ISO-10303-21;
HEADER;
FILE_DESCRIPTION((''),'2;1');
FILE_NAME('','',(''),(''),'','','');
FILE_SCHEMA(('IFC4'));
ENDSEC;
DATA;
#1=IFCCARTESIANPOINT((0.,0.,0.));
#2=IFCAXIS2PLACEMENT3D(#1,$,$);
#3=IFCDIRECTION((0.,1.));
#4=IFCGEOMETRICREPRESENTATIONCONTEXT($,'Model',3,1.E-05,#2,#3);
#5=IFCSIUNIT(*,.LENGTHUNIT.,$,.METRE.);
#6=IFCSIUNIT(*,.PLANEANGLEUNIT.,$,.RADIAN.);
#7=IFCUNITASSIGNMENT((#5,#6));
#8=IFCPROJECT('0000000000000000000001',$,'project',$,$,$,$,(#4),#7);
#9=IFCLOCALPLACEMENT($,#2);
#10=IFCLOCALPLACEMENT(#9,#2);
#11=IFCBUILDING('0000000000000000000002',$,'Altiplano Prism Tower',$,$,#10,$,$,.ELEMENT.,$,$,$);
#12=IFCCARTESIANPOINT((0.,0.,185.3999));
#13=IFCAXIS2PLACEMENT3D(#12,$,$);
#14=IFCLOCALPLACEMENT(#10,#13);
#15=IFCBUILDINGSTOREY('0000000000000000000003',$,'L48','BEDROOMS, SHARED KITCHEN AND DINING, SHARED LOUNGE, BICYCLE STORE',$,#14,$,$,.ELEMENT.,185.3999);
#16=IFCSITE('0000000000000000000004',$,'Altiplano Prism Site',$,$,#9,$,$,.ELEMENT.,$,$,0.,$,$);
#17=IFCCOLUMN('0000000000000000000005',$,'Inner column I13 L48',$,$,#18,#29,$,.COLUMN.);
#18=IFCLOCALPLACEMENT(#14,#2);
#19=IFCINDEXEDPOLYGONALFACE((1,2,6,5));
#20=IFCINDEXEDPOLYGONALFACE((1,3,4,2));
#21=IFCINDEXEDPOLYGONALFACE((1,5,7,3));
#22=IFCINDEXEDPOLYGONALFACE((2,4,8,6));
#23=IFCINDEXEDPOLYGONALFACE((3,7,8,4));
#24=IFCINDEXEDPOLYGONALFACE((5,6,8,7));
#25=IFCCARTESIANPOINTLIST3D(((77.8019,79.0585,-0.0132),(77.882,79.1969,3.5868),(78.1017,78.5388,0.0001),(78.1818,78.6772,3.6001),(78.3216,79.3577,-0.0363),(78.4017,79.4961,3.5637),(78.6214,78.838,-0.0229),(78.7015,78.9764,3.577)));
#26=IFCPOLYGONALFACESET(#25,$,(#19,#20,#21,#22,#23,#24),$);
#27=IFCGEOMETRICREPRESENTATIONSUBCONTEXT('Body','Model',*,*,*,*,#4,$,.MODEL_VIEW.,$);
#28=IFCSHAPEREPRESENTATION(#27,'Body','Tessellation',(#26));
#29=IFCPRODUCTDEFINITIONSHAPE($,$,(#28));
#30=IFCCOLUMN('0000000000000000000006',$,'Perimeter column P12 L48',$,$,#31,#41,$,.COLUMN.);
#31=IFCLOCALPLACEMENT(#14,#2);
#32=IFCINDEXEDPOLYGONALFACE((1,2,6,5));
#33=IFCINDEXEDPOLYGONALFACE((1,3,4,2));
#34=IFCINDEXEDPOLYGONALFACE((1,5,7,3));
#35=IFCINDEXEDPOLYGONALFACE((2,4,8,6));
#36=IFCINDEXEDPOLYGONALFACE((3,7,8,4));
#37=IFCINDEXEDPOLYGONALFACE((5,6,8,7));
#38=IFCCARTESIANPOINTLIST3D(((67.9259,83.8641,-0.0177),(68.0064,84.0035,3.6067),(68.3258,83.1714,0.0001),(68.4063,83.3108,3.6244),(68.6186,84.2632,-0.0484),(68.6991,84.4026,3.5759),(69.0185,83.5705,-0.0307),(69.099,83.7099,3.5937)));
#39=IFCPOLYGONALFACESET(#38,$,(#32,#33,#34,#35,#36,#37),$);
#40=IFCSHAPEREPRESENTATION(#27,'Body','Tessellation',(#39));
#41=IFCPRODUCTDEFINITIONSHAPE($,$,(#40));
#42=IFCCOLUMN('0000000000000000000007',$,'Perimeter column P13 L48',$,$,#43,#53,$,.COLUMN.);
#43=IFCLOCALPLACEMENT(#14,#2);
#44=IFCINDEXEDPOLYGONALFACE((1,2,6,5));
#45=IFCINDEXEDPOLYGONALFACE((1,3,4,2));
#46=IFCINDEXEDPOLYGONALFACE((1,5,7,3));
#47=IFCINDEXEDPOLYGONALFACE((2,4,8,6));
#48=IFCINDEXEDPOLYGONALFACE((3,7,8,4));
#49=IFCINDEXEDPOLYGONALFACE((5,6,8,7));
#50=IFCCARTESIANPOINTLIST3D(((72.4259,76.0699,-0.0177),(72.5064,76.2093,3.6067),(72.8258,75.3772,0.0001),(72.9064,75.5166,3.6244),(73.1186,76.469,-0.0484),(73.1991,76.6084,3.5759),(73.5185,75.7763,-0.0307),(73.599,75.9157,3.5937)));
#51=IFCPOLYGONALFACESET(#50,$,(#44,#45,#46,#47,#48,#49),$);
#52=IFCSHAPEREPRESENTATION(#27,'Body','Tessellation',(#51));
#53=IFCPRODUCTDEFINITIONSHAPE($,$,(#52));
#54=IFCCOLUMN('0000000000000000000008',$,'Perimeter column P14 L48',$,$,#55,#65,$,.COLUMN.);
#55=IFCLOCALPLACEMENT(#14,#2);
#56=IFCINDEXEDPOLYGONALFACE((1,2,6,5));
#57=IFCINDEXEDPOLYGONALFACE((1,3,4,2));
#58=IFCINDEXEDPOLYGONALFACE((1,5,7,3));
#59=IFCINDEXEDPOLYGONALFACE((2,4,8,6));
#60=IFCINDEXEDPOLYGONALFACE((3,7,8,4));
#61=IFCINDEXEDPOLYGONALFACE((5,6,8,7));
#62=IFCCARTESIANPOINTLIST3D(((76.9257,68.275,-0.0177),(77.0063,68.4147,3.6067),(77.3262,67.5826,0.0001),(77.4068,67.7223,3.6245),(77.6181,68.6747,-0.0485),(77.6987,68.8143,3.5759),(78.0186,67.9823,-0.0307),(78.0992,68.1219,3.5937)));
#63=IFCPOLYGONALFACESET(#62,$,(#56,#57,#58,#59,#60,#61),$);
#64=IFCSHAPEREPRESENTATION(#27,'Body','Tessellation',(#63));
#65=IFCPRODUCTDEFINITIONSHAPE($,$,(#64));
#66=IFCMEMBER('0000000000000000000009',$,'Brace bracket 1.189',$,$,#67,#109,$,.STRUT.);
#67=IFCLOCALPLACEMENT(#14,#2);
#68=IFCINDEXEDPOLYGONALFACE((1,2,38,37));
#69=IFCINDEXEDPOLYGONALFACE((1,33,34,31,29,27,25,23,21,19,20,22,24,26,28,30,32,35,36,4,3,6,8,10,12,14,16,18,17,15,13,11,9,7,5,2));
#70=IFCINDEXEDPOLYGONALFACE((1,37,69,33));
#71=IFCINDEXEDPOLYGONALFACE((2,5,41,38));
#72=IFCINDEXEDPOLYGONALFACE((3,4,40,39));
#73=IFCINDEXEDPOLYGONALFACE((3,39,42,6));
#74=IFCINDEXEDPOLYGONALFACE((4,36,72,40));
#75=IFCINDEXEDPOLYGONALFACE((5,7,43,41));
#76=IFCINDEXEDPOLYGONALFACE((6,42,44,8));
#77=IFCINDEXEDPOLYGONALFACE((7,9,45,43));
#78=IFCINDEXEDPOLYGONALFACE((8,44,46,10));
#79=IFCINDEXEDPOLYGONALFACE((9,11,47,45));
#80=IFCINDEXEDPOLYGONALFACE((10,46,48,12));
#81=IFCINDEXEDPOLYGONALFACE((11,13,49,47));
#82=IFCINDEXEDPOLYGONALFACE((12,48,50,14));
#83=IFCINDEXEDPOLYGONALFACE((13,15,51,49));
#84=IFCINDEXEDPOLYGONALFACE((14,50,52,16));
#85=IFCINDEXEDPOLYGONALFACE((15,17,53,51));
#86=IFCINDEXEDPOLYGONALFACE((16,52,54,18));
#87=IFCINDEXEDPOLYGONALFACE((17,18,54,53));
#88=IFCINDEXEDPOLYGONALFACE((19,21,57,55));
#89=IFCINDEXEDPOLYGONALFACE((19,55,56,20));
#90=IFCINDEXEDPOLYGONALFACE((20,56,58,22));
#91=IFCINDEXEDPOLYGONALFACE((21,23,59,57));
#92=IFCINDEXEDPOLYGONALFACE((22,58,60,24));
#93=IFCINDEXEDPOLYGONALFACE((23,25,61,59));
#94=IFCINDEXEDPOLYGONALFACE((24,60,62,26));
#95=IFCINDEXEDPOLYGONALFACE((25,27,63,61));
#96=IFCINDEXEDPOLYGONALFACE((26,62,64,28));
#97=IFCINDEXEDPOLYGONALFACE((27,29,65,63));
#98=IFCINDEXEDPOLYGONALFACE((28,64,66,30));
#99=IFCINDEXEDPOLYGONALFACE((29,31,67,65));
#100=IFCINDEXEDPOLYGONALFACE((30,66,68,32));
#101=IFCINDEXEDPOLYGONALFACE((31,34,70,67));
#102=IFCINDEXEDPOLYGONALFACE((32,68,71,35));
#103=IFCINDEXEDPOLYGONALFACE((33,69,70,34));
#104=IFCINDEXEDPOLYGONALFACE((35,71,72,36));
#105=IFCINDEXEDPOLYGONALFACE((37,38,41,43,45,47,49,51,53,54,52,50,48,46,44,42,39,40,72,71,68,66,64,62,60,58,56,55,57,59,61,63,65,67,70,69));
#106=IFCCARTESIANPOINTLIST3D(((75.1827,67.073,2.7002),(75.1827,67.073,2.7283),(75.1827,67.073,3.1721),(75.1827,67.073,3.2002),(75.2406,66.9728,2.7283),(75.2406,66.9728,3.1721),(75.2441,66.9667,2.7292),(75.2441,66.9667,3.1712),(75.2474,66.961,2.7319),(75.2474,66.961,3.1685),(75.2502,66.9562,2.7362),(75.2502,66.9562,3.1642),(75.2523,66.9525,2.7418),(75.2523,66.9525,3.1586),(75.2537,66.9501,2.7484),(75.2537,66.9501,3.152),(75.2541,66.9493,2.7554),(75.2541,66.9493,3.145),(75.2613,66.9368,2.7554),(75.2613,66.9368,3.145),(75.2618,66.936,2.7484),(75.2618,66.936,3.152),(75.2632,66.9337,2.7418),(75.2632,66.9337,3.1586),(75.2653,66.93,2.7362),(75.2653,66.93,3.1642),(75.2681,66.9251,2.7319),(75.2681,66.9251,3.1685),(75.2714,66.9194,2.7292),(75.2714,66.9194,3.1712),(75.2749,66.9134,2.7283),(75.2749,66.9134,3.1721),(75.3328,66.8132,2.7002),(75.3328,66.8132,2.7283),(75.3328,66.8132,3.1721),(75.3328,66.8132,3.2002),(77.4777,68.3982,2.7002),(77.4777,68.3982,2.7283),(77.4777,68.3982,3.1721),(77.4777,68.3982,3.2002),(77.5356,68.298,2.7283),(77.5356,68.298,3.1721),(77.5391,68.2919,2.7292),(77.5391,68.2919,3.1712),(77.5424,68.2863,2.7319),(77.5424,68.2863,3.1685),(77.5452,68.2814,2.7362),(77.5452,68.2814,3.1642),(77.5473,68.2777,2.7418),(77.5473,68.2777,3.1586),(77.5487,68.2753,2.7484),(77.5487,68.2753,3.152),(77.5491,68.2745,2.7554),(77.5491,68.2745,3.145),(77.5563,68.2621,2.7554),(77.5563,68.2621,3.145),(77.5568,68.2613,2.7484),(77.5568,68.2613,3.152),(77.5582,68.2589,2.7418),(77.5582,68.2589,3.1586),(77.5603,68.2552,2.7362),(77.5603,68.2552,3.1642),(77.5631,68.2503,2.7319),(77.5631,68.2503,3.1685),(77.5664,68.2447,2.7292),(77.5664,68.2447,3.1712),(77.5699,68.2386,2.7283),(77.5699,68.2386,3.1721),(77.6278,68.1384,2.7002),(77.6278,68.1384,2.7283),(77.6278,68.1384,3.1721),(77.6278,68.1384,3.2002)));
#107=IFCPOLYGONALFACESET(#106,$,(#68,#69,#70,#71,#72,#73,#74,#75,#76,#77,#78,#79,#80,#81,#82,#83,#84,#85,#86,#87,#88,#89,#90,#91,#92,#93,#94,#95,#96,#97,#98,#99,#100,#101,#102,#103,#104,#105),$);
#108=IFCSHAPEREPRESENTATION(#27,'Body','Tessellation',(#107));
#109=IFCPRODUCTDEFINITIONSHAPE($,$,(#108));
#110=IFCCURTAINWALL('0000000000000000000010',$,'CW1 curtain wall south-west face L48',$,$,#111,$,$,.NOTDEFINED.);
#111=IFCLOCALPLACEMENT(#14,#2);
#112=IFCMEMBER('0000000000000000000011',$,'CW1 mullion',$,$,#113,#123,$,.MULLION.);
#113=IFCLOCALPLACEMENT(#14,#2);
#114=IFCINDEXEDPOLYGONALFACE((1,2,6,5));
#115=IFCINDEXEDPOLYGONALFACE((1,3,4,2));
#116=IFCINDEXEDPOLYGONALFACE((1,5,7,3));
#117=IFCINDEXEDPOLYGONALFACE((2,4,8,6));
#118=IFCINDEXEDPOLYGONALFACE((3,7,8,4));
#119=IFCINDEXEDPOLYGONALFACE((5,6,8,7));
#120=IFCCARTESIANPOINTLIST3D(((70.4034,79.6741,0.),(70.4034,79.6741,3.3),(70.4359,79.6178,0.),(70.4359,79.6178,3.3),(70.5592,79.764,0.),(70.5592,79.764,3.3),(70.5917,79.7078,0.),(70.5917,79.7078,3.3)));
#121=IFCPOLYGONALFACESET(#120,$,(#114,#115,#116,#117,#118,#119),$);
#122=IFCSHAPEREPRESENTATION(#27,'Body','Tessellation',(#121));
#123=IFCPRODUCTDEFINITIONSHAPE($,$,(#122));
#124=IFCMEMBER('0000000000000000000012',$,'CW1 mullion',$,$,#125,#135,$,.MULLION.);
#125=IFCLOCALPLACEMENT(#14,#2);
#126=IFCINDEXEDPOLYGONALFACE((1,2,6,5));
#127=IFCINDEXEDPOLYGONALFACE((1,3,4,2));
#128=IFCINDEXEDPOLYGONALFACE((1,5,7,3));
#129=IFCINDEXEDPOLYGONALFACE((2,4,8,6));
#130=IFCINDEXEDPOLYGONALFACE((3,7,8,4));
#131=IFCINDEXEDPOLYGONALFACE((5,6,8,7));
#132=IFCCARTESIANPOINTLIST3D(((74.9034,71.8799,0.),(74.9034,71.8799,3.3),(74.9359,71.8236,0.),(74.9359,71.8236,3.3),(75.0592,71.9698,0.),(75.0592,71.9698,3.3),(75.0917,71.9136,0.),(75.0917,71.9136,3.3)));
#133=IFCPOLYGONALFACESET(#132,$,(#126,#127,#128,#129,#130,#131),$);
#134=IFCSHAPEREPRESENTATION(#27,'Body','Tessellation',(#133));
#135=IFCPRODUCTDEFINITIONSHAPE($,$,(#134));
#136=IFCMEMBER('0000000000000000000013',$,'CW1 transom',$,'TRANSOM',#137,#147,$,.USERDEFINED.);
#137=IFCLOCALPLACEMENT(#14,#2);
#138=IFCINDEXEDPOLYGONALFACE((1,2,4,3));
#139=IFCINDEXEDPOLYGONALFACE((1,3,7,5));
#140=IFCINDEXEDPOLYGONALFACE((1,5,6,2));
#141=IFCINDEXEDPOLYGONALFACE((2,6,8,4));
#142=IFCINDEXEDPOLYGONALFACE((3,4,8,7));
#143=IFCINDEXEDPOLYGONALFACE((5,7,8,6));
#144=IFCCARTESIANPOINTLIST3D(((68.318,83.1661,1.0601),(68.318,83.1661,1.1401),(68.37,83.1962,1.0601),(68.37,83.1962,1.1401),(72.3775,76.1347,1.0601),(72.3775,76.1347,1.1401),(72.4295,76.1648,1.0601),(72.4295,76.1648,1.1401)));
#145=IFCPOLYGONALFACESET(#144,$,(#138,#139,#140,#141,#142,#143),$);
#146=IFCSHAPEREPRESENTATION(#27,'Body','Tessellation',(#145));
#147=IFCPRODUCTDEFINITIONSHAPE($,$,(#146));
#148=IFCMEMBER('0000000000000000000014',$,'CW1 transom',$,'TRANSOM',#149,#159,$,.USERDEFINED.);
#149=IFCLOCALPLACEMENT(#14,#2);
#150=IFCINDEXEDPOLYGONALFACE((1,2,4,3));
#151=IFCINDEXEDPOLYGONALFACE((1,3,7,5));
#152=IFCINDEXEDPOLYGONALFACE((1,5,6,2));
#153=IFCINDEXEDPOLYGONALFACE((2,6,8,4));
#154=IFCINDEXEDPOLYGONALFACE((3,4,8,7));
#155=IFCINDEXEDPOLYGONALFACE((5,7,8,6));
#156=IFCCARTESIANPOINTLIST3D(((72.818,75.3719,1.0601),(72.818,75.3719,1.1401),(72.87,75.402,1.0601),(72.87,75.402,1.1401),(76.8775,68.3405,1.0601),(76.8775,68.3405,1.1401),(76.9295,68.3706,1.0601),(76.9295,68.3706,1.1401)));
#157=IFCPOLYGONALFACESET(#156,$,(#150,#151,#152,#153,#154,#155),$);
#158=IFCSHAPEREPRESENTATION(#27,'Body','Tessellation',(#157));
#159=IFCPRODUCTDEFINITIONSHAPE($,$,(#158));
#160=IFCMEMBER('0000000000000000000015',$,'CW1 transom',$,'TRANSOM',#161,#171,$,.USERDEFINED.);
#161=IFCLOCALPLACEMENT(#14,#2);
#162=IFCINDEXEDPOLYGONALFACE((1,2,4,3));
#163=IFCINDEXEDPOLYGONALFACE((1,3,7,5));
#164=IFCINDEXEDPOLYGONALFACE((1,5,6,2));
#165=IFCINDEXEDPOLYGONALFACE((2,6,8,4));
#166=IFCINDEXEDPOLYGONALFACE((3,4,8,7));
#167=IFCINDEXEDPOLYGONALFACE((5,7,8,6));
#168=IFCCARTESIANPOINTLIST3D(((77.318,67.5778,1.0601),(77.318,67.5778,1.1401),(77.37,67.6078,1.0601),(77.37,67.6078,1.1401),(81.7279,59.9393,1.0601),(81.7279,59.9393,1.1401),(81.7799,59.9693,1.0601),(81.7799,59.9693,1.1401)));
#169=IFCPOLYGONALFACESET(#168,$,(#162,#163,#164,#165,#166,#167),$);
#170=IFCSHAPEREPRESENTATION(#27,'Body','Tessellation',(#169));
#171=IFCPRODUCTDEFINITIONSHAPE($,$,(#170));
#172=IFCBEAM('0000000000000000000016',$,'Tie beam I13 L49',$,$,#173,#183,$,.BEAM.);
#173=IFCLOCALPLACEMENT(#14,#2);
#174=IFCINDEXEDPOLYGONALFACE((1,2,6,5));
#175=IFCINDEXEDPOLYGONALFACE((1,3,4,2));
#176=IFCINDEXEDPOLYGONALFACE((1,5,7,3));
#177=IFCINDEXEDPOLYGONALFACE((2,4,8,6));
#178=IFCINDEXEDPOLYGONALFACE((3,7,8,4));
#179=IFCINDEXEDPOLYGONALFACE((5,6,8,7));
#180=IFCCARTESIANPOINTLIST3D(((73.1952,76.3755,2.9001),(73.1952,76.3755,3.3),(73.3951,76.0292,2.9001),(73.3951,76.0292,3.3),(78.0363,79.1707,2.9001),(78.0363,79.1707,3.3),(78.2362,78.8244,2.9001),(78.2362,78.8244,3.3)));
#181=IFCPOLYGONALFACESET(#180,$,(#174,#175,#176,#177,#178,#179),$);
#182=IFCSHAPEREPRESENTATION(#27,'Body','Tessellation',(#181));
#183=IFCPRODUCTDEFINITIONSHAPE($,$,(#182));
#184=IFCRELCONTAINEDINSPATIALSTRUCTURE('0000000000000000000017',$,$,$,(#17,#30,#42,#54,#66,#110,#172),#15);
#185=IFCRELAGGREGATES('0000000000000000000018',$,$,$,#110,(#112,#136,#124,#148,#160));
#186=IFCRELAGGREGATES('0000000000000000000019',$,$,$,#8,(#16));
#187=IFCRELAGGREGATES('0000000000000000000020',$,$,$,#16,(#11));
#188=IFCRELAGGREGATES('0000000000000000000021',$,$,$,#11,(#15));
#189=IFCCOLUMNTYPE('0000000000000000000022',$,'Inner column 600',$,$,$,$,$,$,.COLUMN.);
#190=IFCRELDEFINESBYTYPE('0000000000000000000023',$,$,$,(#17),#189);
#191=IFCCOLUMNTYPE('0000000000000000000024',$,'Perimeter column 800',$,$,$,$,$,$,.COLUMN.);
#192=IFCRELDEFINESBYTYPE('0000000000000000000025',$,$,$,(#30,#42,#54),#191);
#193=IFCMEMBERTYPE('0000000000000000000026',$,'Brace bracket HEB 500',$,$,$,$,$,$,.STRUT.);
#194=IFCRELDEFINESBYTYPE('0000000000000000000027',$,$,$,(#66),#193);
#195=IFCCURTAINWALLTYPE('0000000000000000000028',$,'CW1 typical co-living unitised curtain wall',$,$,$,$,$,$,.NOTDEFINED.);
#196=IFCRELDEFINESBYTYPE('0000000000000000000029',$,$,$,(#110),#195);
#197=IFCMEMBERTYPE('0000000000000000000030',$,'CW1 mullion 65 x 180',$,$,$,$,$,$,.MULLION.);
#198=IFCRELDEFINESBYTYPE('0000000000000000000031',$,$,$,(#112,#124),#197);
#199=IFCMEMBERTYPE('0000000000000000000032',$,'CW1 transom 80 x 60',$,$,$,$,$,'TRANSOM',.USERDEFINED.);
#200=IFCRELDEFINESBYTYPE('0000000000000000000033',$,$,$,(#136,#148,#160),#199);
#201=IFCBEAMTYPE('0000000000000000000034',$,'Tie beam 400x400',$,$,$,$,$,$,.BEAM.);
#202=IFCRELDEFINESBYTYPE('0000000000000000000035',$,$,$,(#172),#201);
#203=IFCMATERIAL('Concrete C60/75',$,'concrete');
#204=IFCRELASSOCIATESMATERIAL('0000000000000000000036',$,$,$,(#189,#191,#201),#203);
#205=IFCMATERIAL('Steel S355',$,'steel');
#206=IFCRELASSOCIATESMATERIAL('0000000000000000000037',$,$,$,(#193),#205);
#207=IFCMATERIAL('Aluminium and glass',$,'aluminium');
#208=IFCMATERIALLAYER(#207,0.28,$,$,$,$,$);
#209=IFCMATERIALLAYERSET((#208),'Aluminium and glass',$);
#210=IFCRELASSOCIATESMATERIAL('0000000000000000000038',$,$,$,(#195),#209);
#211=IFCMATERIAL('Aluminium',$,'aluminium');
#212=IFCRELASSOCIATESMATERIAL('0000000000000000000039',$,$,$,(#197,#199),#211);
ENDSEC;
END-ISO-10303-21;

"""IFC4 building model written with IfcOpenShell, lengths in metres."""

from ifc_helpers import new_model, si_unit, direction, frame, origin, origin_2d, place, context, subcontext, project, spatial, rectangle, i_section, extrude, material, layer, layer_set, material_profile, profile_set, type_object, element, aggregate, save


model = new_model("IFC4")

# Units and contexts
model_context = context("Model", 3, precision=1e-05, world=origin(), true_north=direction((0.0, 1.0)))
body_context = subcontext(model_context, "Body", "Model", "MODEL_VIEW")
ifc_project = project(units=[si_unit("LENGTHUNIT", "METRE"), si_unit("PLANEANGLEUNIT", "RADIAN")], contexts=[model_context])

# Site, building, storey
site_placement = place(None, origin())
site = spatial("IfcSite", under=ifc_project, at=site_placement, Name="Altiplano Prism Site", CompositionType="ELEMENT", RefElevation=0.0)
building_placement = place(site_placement, origin())
building = spatial("IfcBuilding", under=site, at=building_placement, Name="Altiplano Prism Tower", CompositionType="ELEMENT")
storey_placement = place(building_placement, frame((0.0, 0.0, 185.3999)))
storey = spatial("IfcBuildingStorey", under=building, at=storey_placement, Name="L48", Description="BEDROOMS, SHARED KITCHEN AND DINING, SHARED LOUNGE, BICYCLE STORE", CompositionType="ELEMENT", Elevation=185.3999)

# Columns
ifc_material_1 = material(Name="Concrete C60/75", Category="concrete")
ifc_material_profile_1 = material_profile(ifc_material_1, rectangle(XDim=0.6001, YDim=0.6001, at=origin_2d()), Name="Inner column 600")
ifc_profile_set_1 = profile_set([ifc_material_profile_1], Name="Concrete C60/75")
column_type_1 = type_object("IfcColumnType", Name="Inner column 600", PredefinedType="COLUMN", material=ifc_profile_set_1)
column_placement = place(storey_placement, frame((78.2117, 78.9482, -0.0181), z_axis=(0.022223, 0.038416, 0.999015), x_axis=(-0.866019, -0.498532, 0.038435)))
element("IfcColumn", 1, at=column_placement, inside=storey, type_object=column_type_1, Name="Inner column I13 L48", PredefinedType="COLUMN", context=body_context, shape_type="SweptSolid", body=[
    extrude(rectangle(XDim=0.6001, YDim=0.6001, at=origin_2d()), origin(), (0.0, 0.0, 1.0), 3.6035),
])
ifc_material_profile_2 = material_profile(ifc_material_1, rectangle(XDim=0.8, YDim=0.8, at=origin_2d()), Name="Perimeter column 800")
ifc_profile_set_2 = profile_set([ifc_material_profile_2], Name="Concrete C60/75")
column_type_2 = type_object("IfcColumnType", Name="Perimeter column 800", PredefinedType="COLUMN", material=ifc_profile_set_2)
for number, where, z_axis, x_axis, name in (
    (2, (68.4722, 83.7173, -0.0242), (0.022208, 0.038426, 0.999015), (-0.865818, -0.49888, 0.038436), "Perimeter column P12 L48"),
    (3, (72.9722, 75.9231, -0.0242), (0.022208, 0.038426, 0.999015), (-0.865813, -0.498889, 0.038436), "Perimeter column P13 L48"),
    (4, (77.4722, 68.1287, -0.0242), (0.022208, 0.038493, 0.999012), (-0.865434, -0.499543, 0.038486), "Perimeter column P14 L48"),
):
    element("IfcColumn", number, at=place(storey_placement, frame(where, z_axis=z_axis, x_axis=x_axis)), inside=storey, type_object=column_type_2, Name=name, PredefinedType="COLUMN", context=body_context, shape_type="SweptSolid", body=[
        extrude(rectangle(XDim=0.8, YDim=0.8, at=origin_2d()), origin(), (0.0, 0.0, 1.0), 3.6279),
    ])

# Member
ifc_material_2 = material(Name="Steel S355", Category="steel")
ifc_material_profile_3 = material_profile(ifc_material_2, i_section(OverallWidth=0.3, OverallDepth=0.5, WebThickness=0.0144, FlangeThickness=0.0281, FilletRadius=0.0271, at=origin_2d()), Name="Brace bracket HEB 500")
ifc_profile_set_3 = profile_set([ifc_material_profile_3], Name="Steel S355")
member_type_1 = type_object("IfcMemberType", Name="Brace bracket HEB 500", PredefinedType="STRUT", material=ifc_profile_set_3)
member_1_placement = place(storey_placement, frame((77.5527, 68.2683, 2.9502), z_axis=(-0.865989, -0.500063, 0.0), x_axis=(0.500063, -0.865989, 0.0)))
element("IfcMember", 5, at=member_1_placement, inside=storey, type_object=member_type_1, Name="Brace bracket 1.189", PredefinedType="STRUT", context=body_context, shape_type="SweptSolid", body=[
    extrude(i_section(OverallWidth=0.3, OverallDepth=0.5, WebThickness=0.0144, FlangeThickness=0.0281, FilletRadius=0.0271, at=origin_2d()), origin(), (0.0, 0.0, 1.0), 2.6501),
])

# Curtain wall, members
ifc_material_3 = material(Name="Aluminium and glass", Category="aluminium")
ifc_layer_1 = layer(ifc_material_3, 0.28)
ifc_layer_set_1 = layer_set([ifc_layer_1], Name="Aluminium and glass")
curtain_wall_type = type_object("IfcCurtainWallType", Name="CW1 typical co-living unitised curtain wall", PredefinedType="NOTDEFINED", material=ifc_layer_set_1)
curtain_wall_placement = place(storey_placement, origin())
curtain_wall = element("IfcCurtainWall", 6, at=curtain_wall_placement, inside=storey, type_object=curtain_wall_type, Name="CW1 curtain wall south-west face L48", PredefinedType="NOTDEFINED")
ifc_material_4 = material(Name="Aluminium", Category="aluminium")
ifc_material_profile_4 = material_profile(ifc_material_4, rectangle(XDim=0.1799, YDim=0.0649, at=origin_2d()), Name="CW1 mullion 65 x 180")
ifc_profile_set_4 = profile_set([ifc_material_profile_4], Name="Aluminium")
member_type_2 = type_object("IfcMemberType", Name="CW1 mullion 65 x 180", PredefinedType="MULLION", material=ifc_profile_set_4)
member_2_placement = place(storey_placement, frame((70.4976, 79.6909, 0.0), z_axis=(0.0, 0.0, 1.0), x_axis=(0.866025, 0.5, 0.0)))
member_2 = element("IfcMember", 7, at=member_2_placement, type_object=member_type_2, Name="CW1 mullion", PredefinedType="MULLION", context=body_context, shape_type="SweptSolid", body=[
    extrude(rectangle(XDim=0.1799, YDim=0.0649, at=origin_2d()), origin(), (0.0, 0.0, 1.0), 3.3),
])
member_3_placement = place(storey_placement, frame((74.9976, 71.8967, 0.0), z_axis=(0.0, 0.0, 1.0), x_axis=(0.866025, 0.5, 0.0)))
member_3 = element("IfcMember", 8, at=member_3_placement, type_object=member_type_2, Name="CW1 mullion", PredefinedType="MULLION", context=body_context, shape_type="SweptSolid", body=[
    extrude(rectangle(XDim=0.1799, YDim=0.0649, at=origin_2d()), origin(), (0.0, 0.0, 1.0), 3.3),
])
ifc_material_profile_5 = material_profile(ifc_material_4, rectangle(XDim=0.0601, YDim=0.0801, at=origin_2d()), Name="CW1 transom 80 x 60")
ifc_profile_set_5 = profile_set([ifc_material_profile_5], Name="Aluminium")
member_type_3 = type_object("IfcMemberType", Name="CW1 transom 80 x 60", ElementType="TRANSOM", PredefinedType="USERDEFINED", material=ifc_profile_set_5)
member_4_placement = place(storey_placement, frame((68.344, 83.1812, 1.1001), z_axis=(0.499994, -0.866029, 0.0), x_axis=(0.866029, 0.499994, 0.0)))
member_4 = element("IfcMember", 9, at=member_4_placement, type_object=member_type_3, Name="CW1 transom", ObjectType="TRANSOM", PredefinedType="USERDEFINED", context=body_context, shape_type="SweptSolid", body=[
    extrude(rectangle(XDim=0.0601, YDim=0.0801, at=origin_2d()), origin(), (0.0, 0.0, 1.0), 8.1191),
])
member_5_placement = place(storey_placement, frame((72.844, 75.387, 1.1001), z_axis=(0.499994, -0.866029, 0.0), x_axis=(0.866029, 0.499994, 0.0)))
member_5 = element("IfcMember", 10, at=member_5_placement, type_object=member_type_3, Name="CW1 transom", ObjectType="TRANSOM", PredefinedType="USERDEFINED", context=body_context, shape_type="SweptSolid", body=[
    extrude(rectangle(XDim=0.0601, YDim=0.0801, at=origin_2d()), origin(), (0.0, 0.0, 1.0), 8.1191),
])
member_6_placement = place(storey_placement, frame((77.344, 67.5928, 1.1001), z_axis=(0.499988, -0.866032, 0.0), x_axis=(0.866032, 0.499988, 0.0)))
member_6 = element("IfcMember", 11, at=member_6_placement, type_object=member_type_3, Name="CW1 transom", ObjectType="TRANSOM", PredefinedType="USERDEFINED", context=body_context, shape_type="SweptSolid", body=[
    extrude(rectangle(XDim=0.0601, YDim=0.0801, at=origin_2d()), origin(), (0.0, 0.0, 1.0), 8.8201),
])

# Beam
ifc_material_profile_6 = material_profile(ifc_material_1, rectangle(XDim=0.3999, YDim=0.3999, at=origin_2d()), Name="Tie beam 400x400")
ifc_profile_set_6 = profile_set([ifc_material_profile_6], Name="Concrete C60/75")
beam_type = type_object("IfcBeamType", Name="Tie beam 400x400", PredefinedType="BEAM", material=ifc_profile_set_6)
beam_placement = place(storey_placement, frame((78.1362, 78.9976, 3.1001), z_axis=(-0.866012, -0.500024, 0.0), x_axis=(0.500024, -0.866012, 0.0)))
element("IfcBeam", 12, at=beam_placement, inside=storey, type_object=beam_type, Name="Tie beam I13 L49", PredefinedType="BEAM", context=body_context, shape_type="SweptSolid", body=[
    extrude(rectangle(XDim=0.3999, YDim=0.3999, at=origin_2d()), origin(), (0.0, 0.0, 1.0), 5.5901),
])

aggregate(curtain_wall, [member_2, member_4, member_3, member_5, member_6])

save(model, "model.ifc")
